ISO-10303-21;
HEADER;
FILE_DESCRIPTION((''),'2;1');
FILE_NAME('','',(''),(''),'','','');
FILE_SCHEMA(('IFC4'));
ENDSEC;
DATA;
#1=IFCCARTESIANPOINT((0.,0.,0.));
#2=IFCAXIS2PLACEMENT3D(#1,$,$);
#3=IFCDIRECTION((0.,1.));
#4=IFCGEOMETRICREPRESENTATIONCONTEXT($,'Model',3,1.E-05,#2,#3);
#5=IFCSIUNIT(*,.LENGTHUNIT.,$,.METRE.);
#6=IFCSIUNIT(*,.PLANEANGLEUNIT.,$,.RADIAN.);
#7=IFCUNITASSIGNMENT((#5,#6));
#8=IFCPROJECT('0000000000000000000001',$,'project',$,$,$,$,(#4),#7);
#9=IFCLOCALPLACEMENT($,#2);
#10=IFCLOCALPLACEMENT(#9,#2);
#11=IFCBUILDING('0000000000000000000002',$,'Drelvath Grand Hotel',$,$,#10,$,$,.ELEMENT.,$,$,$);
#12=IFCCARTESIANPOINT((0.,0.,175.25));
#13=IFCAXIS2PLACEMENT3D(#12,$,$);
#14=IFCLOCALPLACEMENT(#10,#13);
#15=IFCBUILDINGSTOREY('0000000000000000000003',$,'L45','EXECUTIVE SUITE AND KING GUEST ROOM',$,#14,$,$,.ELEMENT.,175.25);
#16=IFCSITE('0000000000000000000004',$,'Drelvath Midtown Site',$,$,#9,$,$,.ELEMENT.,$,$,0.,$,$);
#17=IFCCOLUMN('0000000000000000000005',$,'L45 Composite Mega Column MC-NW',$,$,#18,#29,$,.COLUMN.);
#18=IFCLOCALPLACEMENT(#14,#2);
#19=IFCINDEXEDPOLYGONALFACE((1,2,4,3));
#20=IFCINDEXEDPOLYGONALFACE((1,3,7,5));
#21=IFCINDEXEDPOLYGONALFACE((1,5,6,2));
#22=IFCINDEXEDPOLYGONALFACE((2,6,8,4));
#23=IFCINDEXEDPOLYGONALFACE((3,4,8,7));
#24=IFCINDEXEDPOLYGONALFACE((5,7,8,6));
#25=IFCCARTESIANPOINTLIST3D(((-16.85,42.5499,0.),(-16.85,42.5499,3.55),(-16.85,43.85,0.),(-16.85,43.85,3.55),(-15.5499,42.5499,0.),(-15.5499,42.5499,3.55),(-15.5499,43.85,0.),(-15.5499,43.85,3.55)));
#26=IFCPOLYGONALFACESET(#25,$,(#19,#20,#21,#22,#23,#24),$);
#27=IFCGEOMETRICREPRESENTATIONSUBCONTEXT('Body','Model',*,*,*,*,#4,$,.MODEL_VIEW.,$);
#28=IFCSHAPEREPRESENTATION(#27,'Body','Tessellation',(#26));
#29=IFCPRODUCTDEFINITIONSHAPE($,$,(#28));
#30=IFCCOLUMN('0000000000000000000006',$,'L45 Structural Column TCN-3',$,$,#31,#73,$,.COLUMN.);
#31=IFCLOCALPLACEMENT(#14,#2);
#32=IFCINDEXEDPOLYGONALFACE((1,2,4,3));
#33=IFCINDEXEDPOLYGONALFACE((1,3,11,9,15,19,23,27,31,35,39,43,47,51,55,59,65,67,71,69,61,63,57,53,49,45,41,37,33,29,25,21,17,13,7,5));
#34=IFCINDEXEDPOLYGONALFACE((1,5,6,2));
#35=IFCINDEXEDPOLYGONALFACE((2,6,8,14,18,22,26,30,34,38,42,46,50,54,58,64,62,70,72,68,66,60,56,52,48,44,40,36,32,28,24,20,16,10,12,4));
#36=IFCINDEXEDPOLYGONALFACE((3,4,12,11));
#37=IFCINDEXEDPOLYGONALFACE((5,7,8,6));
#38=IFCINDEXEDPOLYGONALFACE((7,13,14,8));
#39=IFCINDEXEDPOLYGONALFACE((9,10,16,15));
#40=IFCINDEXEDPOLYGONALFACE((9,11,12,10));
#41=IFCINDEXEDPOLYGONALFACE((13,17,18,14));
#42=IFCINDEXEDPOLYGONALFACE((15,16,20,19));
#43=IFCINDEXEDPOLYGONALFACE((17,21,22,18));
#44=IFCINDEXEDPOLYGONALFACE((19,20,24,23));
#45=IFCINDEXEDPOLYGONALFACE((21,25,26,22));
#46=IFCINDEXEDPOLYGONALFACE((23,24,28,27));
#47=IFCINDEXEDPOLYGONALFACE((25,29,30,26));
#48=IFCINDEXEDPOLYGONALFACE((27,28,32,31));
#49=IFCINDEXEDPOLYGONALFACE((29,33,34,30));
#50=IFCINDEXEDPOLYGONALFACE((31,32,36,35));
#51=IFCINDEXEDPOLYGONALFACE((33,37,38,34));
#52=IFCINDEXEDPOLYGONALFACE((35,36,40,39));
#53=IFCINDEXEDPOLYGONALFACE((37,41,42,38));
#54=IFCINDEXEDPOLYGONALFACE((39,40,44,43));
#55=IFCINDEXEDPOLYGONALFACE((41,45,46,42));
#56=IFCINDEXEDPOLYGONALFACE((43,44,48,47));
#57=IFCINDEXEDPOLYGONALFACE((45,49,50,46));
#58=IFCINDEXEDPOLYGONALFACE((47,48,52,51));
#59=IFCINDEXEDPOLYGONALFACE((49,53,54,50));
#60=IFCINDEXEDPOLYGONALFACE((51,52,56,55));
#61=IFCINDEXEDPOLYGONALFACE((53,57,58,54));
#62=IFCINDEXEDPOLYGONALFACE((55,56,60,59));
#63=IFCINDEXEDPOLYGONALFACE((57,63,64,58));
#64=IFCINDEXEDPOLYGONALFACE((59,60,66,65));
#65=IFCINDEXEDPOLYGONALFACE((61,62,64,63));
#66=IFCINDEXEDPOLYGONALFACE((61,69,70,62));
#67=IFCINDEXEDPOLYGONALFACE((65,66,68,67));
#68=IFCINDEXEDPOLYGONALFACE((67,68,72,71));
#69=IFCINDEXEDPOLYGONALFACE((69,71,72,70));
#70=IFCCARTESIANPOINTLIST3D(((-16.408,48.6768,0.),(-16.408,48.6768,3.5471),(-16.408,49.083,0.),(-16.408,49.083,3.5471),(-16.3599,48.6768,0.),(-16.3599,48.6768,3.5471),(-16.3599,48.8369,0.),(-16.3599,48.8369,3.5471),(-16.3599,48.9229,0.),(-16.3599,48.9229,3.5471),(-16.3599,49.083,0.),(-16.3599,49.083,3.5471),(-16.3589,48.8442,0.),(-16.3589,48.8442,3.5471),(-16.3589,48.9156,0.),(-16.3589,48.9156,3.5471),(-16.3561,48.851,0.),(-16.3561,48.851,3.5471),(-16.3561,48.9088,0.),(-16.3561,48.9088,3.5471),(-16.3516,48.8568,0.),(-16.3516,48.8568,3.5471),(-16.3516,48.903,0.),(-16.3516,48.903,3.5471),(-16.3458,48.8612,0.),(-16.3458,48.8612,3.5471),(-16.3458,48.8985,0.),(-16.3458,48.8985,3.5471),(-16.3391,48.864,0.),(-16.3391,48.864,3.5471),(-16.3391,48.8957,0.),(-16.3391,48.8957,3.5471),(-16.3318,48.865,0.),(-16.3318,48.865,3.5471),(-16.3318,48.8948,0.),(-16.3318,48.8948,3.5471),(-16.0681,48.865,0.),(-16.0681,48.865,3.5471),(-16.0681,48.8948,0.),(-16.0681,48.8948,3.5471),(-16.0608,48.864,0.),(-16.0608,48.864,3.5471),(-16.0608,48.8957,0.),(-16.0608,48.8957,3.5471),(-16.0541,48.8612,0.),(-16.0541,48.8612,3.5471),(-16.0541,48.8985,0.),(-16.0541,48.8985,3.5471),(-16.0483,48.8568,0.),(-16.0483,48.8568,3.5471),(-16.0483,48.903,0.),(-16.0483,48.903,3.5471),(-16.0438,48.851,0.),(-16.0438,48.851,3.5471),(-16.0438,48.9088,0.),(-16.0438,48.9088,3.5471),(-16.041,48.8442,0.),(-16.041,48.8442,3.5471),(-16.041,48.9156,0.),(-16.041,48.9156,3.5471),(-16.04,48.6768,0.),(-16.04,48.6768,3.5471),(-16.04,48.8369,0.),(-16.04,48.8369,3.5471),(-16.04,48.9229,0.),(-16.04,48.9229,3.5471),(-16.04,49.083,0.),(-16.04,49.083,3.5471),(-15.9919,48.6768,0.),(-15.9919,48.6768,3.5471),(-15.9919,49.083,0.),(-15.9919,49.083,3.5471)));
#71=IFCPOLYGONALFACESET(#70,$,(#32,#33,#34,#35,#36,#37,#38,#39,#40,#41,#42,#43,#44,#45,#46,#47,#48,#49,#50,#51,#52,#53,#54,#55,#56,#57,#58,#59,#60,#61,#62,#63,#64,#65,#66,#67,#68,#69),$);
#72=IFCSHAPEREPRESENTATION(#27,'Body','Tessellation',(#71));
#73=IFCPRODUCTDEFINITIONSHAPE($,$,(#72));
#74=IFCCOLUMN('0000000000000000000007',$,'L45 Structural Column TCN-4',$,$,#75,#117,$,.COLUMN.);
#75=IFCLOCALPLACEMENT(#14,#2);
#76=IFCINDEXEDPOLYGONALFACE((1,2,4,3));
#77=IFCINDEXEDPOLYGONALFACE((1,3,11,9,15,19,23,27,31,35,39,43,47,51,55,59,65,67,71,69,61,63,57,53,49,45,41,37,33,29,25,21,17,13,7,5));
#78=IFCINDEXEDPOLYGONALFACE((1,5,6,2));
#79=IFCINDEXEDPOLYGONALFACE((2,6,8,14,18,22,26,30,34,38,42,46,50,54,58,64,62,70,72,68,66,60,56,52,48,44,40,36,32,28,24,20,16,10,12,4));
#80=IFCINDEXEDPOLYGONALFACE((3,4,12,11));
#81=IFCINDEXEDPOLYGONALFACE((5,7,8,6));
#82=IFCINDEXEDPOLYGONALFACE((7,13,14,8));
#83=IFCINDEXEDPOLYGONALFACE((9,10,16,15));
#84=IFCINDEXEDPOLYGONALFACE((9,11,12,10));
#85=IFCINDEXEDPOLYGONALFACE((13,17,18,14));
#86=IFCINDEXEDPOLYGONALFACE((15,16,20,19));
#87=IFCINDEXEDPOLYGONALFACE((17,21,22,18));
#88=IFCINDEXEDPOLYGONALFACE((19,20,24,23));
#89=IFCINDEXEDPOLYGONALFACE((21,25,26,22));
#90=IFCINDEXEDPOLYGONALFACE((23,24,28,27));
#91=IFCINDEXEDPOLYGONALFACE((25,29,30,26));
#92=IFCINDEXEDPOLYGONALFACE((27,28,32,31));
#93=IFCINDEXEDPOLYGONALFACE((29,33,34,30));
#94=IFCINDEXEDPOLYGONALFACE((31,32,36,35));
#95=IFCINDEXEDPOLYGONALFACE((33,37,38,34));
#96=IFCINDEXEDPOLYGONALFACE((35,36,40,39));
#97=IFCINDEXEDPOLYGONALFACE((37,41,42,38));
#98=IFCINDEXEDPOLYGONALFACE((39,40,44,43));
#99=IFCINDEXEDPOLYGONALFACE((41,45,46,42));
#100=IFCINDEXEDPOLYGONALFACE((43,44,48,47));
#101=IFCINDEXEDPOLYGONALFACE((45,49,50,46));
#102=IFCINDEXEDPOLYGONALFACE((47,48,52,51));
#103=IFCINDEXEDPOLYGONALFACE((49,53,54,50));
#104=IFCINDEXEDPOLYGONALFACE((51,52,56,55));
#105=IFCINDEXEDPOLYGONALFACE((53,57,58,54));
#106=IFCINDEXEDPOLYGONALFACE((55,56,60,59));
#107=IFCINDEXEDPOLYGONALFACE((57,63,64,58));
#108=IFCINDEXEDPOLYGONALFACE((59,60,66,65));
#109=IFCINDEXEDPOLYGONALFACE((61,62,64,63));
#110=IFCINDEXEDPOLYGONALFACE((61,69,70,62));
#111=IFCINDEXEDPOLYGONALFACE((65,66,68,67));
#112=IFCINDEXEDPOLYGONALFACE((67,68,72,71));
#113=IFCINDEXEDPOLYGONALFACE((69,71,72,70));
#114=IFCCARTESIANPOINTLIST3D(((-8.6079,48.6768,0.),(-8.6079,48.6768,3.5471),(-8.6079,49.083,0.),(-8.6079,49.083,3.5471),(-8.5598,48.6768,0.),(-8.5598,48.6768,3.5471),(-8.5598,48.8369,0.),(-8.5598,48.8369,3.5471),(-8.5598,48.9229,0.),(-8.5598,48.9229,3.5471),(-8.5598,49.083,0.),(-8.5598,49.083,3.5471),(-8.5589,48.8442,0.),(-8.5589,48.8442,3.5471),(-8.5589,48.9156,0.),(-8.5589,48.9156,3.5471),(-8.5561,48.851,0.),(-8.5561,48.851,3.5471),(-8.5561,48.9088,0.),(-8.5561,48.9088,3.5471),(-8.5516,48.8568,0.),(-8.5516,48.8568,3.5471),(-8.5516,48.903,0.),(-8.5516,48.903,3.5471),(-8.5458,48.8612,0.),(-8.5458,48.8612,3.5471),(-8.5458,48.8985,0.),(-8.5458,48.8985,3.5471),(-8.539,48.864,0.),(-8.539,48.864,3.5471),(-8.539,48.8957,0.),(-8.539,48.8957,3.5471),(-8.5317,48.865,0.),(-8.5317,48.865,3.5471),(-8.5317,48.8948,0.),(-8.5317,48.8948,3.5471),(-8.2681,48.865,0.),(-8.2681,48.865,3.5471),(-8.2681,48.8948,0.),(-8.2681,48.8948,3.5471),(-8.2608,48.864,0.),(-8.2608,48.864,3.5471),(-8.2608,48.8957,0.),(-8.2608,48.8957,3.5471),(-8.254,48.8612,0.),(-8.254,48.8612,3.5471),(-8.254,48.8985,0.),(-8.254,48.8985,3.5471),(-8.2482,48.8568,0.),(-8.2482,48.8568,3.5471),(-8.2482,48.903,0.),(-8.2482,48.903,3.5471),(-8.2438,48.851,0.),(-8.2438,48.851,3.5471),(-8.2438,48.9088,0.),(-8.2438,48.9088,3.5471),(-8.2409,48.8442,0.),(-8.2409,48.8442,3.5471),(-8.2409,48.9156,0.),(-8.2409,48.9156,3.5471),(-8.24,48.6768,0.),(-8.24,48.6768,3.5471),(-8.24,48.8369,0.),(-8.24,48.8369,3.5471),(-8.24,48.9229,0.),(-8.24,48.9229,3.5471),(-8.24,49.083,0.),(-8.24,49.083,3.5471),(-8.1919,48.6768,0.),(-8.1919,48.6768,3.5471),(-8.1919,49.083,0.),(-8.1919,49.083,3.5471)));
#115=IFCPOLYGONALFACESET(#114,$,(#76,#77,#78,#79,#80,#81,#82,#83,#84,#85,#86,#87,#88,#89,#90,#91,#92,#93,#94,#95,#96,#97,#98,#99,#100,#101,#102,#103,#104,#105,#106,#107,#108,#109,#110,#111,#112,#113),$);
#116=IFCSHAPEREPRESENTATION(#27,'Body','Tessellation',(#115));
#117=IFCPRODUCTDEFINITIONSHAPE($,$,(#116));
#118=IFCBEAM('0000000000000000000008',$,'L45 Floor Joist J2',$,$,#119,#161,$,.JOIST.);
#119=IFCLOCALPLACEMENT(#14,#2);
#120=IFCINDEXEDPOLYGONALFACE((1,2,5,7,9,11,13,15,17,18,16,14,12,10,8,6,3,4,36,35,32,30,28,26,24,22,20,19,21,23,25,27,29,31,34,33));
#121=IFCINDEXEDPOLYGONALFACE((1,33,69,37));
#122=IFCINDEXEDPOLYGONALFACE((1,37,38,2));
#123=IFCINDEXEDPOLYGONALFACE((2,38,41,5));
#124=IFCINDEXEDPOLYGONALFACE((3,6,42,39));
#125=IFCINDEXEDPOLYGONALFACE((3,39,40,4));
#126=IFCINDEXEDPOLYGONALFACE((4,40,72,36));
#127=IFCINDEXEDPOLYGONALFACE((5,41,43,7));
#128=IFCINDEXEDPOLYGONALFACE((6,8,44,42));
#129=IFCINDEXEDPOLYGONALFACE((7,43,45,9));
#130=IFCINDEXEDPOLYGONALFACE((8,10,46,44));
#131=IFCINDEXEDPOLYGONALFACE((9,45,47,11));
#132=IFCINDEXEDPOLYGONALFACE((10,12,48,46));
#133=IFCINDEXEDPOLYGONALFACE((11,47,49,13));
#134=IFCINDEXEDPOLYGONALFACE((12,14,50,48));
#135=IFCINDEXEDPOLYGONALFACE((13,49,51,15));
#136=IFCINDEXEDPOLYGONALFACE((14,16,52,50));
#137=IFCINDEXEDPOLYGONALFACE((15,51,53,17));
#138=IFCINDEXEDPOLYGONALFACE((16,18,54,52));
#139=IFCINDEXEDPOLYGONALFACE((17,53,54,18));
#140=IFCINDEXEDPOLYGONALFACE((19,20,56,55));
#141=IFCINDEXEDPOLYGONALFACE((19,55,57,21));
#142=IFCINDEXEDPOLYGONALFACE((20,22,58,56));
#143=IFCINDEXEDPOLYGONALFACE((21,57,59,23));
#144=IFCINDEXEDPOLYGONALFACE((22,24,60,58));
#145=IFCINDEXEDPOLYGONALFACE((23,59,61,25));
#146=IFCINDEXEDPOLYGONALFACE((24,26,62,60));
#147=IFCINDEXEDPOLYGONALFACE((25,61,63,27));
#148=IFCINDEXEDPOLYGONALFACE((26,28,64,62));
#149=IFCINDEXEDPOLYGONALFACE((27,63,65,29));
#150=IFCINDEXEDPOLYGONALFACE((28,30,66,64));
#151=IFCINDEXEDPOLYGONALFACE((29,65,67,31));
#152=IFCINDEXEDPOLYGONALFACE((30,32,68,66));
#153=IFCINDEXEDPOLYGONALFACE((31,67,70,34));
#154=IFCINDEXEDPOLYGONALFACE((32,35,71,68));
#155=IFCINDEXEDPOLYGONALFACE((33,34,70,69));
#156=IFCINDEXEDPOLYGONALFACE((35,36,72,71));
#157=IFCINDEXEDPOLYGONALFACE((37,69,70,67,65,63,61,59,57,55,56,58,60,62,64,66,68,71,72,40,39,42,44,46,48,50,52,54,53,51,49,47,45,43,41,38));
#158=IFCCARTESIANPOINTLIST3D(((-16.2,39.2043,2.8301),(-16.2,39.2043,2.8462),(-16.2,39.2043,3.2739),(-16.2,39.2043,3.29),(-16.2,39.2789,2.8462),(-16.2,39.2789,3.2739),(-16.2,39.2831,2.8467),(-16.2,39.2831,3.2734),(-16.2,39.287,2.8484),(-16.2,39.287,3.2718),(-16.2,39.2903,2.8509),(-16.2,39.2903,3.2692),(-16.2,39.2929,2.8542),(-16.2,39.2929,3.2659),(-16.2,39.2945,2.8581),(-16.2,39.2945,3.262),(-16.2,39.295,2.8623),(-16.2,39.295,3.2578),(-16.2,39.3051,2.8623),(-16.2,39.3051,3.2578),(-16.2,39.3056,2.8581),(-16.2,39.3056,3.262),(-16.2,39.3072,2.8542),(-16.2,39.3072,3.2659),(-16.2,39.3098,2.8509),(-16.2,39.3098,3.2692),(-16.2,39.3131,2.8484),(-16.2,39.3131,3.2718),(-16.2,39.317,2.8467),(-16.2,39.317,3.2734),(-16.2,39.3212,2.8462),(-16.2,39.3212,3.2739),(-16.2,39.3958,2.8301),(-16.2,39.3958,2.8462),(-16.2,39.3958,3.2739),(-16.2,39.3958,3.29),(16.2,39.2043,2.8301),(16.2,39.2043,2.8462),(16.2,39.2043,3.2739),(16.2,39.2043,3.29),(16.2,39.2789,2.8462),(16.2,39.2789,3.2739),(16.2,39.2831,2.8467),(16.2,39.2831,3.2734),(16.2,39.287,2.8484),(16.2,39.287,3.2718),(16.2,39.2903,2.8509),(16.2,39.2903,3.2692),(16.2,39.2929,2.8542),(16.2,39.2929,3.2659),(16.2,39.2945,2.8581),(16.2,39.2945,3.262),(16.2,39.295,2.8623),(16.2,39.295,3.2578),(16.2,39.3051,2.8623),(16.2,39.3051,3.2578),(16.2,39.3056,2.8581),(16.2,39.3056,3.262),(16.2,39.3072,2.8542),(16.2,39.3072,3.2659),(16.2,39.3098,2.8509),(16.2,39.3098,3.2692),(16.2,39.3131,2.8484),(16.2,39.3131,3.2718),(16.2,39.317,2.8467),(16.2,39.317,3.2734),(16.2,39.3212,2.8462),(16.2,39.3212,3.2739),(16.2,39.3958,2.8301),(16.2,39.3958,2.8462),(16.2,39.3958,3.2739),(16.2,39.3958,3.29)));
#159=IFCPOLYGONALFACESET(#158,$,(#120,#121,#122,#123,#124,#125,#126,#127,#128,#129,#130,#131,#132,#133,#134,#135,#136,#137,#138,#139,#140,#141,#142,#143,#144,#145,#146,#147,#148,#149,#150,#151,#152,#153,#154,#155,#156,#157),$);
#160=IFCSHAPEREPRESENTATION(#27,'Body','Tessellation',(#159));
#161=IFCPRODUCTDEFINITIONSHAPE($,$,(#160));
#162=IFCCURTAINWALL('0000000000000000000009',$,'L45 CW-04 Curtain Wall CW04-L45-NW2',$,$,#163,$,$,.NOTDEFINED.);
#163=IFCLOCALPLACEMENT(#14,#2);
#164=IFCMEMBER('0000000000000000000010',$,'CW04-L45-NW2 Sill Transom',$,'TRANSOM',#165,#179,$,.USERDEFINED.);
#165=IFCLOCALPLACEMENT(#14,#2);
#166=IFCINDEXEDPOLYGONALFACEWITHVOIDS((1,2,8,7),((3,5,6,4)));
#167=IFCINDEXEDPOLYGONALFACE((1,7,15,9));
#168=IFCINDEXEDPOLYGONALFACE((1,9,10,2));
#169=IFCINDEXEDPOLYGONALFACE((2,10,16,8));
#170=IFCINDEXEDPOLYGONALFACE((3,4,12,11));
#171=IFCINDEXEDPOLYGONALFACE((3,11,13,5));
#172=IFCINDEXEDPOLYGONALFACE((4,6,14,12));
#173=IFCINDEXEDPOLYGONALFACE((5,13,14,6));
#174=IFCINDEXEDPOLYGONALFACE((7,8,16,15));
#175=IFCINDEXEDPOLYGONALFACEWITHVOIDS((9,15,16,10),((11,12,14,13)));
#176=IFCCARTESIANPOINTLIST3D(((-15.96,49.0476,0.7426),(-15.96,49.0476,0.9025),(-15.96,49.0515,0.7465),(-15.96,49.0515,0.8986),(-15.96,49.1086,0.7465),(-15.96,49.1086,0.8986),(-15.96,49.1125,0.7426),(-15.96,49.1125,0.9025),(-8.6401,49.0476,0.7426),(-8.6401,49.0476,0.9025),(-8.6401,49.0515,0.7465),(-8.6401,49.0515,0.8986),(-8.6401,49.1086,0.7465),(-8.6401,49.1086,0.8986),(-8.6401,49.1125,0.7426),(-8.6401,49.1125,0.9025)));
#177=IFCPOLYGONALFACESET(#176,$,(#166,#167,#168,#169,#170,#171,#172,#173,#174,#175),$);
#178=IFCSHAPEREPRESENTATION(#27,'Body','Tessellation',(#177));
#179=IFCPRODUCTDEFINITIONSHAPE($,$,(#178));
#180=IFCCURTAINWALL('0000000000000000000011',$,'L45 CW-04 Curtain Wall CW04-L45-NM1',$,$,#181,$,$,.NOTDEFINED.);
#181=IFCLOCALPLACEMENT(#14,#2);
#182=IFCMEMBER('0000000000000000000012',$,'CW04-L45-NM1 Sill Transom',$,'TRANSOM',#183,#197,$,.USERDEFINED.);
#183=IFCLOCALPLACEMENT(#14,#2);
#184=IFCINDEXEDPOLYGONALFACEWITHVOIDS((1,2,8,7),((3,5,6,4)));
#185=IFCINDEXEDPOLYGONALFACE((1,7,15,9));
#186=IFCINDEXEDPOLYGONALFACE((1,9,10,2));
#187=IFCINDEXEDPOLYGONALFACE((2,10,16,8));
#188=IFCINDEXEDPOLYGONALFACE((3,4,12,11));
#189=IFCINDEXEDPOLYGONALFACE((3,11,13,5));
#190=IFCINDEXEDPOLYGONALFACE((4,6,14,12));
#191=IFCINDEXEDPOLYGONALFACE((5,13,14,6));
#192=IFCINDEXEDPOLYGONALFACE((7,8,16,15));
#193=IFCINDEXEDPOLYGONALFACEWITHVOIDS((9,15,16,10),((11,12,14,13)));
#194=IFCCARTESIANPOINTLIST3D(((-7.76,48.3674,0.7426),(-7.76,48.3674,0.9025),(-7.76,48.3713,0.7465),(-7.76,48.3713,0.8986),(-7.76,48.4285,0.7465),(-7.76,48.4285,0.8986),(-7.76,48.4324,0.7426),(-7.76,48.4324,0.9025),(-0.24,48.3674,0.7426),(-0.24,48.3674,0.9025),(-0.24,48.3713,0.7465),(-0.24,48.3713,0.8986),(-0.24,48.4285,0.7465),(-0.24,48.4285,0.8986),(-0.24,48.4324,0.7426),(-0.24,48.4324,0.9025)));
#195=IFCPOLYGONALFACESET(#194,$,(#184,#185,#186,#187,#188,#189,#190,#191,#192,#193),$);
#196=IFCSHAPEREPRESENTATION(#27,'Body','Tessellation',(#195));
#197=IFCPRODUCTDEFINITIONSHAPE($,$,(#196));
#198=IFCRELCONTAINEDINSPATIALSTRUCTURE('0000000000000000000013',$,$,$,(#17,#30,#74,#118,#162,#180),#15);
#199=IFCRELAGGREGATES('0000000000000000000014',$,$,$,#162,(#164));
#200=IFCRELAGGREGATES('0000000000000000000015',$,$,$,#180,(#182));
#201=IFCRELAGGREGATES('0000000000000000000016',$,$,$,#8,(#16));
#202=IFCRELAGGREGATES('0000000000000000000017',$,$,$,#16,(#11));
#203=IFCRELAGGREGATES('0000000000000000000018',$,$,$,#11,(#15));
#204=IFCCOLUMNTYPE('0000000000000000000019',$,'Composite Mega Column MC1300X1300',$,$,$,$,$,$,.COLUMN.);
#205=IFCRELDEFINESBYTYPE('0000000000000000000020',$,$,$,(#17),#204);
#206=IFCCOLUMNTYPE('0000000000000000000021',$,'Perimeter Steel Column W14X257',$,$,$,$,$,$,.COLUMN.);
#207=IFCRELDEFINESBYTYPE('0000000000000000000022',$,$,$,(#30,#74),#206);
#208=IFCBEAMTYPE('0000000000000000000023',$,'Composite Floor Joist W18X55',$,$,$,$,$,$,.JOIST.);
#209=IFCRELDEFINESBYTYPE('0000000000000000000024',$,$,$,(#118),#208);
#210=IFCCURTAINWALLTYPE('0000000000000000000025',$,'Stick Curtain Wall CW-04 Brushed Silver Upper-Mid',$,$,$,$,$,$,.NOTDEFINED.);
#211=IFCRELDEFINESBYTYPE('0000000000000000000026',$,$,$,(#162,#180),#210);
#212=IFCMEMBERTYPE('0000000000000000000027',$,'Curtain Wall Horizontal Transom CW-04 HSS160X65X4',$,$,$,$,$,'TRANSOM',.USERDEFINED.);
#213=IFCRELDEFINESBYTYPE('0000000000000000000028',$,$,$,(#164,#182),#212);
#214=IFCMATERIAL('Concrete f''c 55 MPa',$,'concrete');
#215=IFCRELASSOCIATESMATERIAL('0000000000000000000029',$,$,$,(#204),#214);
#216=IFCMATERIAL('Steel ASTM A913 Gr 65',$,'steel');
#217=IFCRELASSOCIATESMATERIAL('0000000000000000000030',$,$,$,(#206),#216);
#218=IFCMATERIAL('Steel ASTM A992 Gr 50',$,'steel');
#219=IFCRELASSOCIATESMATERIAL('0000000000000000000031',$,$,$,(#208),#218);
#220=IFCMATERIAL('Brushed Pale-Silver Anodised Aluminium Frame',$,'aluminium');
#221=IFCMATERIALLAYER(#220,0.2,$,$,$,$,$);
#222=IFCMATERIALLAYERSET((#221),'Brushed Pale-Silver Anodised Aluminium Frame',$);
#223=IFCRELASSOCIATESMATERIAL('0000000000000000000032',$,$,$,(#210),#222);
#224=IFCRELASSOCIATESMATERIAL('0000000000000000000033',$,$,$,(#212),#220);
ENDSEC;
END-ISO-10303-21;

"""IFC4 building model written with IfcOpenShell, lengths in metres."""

from ifc_helpers import new_model, si_unit, direction, frame, origin, origin_2d, place, context, subcontext, project, spatial, rectangle, hollow_rectangle, i_section, extrude, material, layer, layer_set, material_profile, profile_set, type_object, element, aggregate, save


model = new_model("IFC4")

# Units and contexts
model_context = context("Model", 3, precision=1e-05, world=origin(), true_north=direction((0.0, 1.0)))
body_context = subcontext(model_context, "Body", "Model", "MODEL_VIEW")
ifc_project = project(units=[si_unit("LENGTHUNIT", "METRE"), si_unit("PLANEANGLEUNIT", "RADIAN")], contexts=[model_context])

# Site, building, storey
site_placement = place(None, origin())
site = spatial("IfcSite", under=ifc_project, at=site_placement, Name="Drelvath Midtown Site", CompositionType="ELEMENT", RefElevation=0.0)
building_placement = place(site_placement, origin())
building = spatial("IfcBuilding", under=site, at=building_placement, Name="Drelvath Grand Hotel", CompositionType="ELEMENT")
storey_placement = place(building_placement, frame((0.0, 0.0, 175.25)))
storey = spatial("IfcBuildingStorey", under=building, at=storey_placement, Name="L45", Description="EXECUTIVE SUITE AND KING GUEST ROOM", CompositionType="ELEMENT", Elevation=175.25)

# Columns
ifc_material_1 = material(Name="Concrete f'c 55 MPa", Category="concrete")
ifc_material_profile_1 = material_profile(ifc_material_1, rectangle(XDim=1.3, YDim=1.3, at=origin_2d()), Name="MC1300X1300")
ifc_profile_set_1 = profile_set([ifc_material_profile_1], Name="Concrete f'c 55 MPa")
column_type_1 = type_object("IfcColumnType", Name="Composite Mega Column MC1300X1300", PredefinedType="COLUMN", material=ifc_profile_set_1)
column_placement = place(storey_placement, frame((-16.2, 43.2, 0.0), z_axis=(0.0, 0.0, 1.0), x_axis=(1.0, 0.0, 0.0)))
element("IfcColumn", 1, at=column_placement, inside=storey, type_object=column_type_1, Name="L45 Composite Mega Column MC-NW", PredefinedType="COLUMN", context=body_context, shape_type="SweptSolid", body=[
    extrude(rectangle(XDim=1.3, YDim=1.3, at=origin_2d()), origin(), (0.0, 0.0, 1.0), 3.55),
])
ifc_material_2 = material(Name="Steel ASTM A913 Gr 65", Category="steel")
ifc_material_profile_2 = material_profile(ifc_material_2, i_section(OverallWidth=0.4062, OverallDepth=0.416, WebThickness=0.0298, FlangeThickness=0.0481, FilletRadius=0.0281, at=origin_2d()), Name="W14X257")
ifc_profile_set_2 = profile_set([ifc_material_profile_2], Name="Steel ASTM A913 Gr 65")
column_type_2 = type_object("IfcColumnType", Name="Perimeter Steel Column W14X257", PredefinedType="COLUMN", material=ifc_profile_set_2)
for number, where, z_axis, x_axis, name in (
    (2, (-16.2, 48.8799, 0.0), (0.0, 0.0, 1.0), (0.0, 1.0, 0.0), "L45 Structural Column TCN-3"),
    (3, (-8.3999, 48.8799, 0.0), (0.0, 0.0, 1.0), (0.0, 1.0, 0.0), "L45 Structural Column TCN-4"),
):
    element("IfcColumn", number, at=place(storey_placement, frame(where, z_axis=z_axis, x_axis=x_axis)), inside=storey, type_object=column_type_2, Name=name, PredefinedType="COLUMN", context=body_context, shape_type="SweptSolid", body=[
        extrude(i_section(OverallWidth=0.4062, OverallDepth=0.416, WebThickness=0.0298, FlangeThickness=0.0481, FilletRadius=0.0281, at=origin_2d()), origin(), (0.0, 0.0, 1.0), 3.5471),
    ])

# Beam
ifc_material_3 = material(Name="Steel ASTM A992 Gr 50", Category="steel")
ifc_material_profile_3 = material_profile(ifc_material_3, i_section(OverallWidth=0.1914, OverallDepth=0.46, WebThickness=0.01, FlangeThickness=0.0161, FilletRadius=0.0161, at=origin_2d()), Name="W18X55")
ifc_profile_set_3 = profile_set([ifc_material_profile_3], Name="Steel ASTM A992 Gr 50")
beam_type_1 = type_object("IfcBeamType", Name="Composite Floor Joist W18X55", PredefinedType="JOIST", material=ifc_profile_set_3)
beam_1_placement = place(storey_placement, frame((-16.2, 39.3, 3.0601), z_axis=(1.0, 0.0, 0.0), x_axis=(0.0, 1.0, 0.0)))
element("IfcBeam", 4, at=beam_1_placement, inside=storey, type_object=beam_type_1, Name="L45 Floor Joist J2", PredefinedType="JOIST", context=body_context, shape_type="SweptSolid", body=[
    extrude(i_section(OverallWidth=0.1914, OverallDepth=0.46, WebThickness=0.01, FlangeThickness=0.0161, FilletRadius=0.0161, at=origin_2d()), origin(), (0.0, 0.0, 1.0), 32.3999),
])

# Curtain walls, members
ifc_material_4 = material(Name="Brushed Pale-Silver Anodised Aluminium Frame", Category="aluminium")
ifc_layer_1 = layer(ifc_material_4, 0.2)
ifc_layer_set_1 = layer_set([ifc_layer_1], Name="Brushed Pale-Silver Anodised Aluminium Frame")
curtain_wall_type = type_object("IfcCurtainWallType", Name="Stick Curtain Wall CW-04 Brushed Silver Upper-Mid", PredefinedType="NOTDEFINED", material=ifc_layer_set_1)
curtain_wall_1_placement = place(storey_placement, origin())
curtain_wall_1 = element("IfcCurtainWall", 5, at=curtain_wall_1_placement, inside=storey, type_object=curtain_wall_type, Name="L45 CW-04 Curtain Wall CW04-L45-NW2", PredefinedType="NOTDEFINED")
ifc_material_profile_4 = material_profile(ifc_material_4, hollow_rectangle(XDim=0.0649, YDim=0.1599, WallThickness=0.0039, at=origin_2d()), Name="HSS160X65X4")
ifc_profile_set_4 = profile_set([ifc_material_profile_4], Name="Brushed Pale-Silver Anodised Aluminium Frame")
member_type_1 = type_object("IfcMemberType", Name="Curtain Wall Horizontal Transom CW-04 HSS160X65X4", ElementType="TRANSOM", PredefinedType="USERDEFINED", material=ifc_profile_set_4)
member_1_placement = place(storey_placement, frame((-15.96, 49.0801, 0.8225), z_axis=(1.0, 0.0, 0.0), x_axis=(0.0, 1.0, 0.0)))
member_1 = element("IfcMember", 6, at=member_1_placement, type_object=member_type_1, Name="CW04-L45-NW2 Sill Transom", ObjectType="TRANSOM", PredefinedType="USERDEFINED", context=body_context, shape_type="SweptSolid", body=[
    extrude(hollow_rectangle(XDim=0.0649, YDim=0.1599, WallThickness=0.0039, at=origin_2d()), origin(), (0.0, 0.0, 1.0), 7.3198),
])
curtain_wall_2_placement = place(storey_placement, origin())
curtain_wall_2 = element("IfcCurtainWall", 7, at=curtain_wall_2_placement, inside=storey, type_object=curtain_wall_type, Name="L45 CW-04 Curtain Wall CW04-L45-NM1", PredefinedType="NOTDEFINED")
member_2_placement = place(storey_placement, frame((-7.76, 48.3999, 0.8225), z_axis=(1.0, 0.0, 0.0), x_axis=(0.0, 1.0, 0.0)))
member_2 = element("IfcMember", 8, at=member_2_placement, type_object=member_type_1, Name="CW04-L45-NM1 Sill Transom", ObjectType="TRANSOM", PredefinedType="USERDEFINED", context=body_context, shape_type="SweptSolid", body=[
    extrude(hollow_rectangle(XDim=0.0649, YDim=0.1599, WallThickness=0.0039, at=origin_2d()), origin(), (0.0, 0.0, 1.0), 7.52),
])

aggregate(curtain_wall_1, [member_1])
aggregate(curtain_wall_2, [member_2])

save(model, "model.ifc")
